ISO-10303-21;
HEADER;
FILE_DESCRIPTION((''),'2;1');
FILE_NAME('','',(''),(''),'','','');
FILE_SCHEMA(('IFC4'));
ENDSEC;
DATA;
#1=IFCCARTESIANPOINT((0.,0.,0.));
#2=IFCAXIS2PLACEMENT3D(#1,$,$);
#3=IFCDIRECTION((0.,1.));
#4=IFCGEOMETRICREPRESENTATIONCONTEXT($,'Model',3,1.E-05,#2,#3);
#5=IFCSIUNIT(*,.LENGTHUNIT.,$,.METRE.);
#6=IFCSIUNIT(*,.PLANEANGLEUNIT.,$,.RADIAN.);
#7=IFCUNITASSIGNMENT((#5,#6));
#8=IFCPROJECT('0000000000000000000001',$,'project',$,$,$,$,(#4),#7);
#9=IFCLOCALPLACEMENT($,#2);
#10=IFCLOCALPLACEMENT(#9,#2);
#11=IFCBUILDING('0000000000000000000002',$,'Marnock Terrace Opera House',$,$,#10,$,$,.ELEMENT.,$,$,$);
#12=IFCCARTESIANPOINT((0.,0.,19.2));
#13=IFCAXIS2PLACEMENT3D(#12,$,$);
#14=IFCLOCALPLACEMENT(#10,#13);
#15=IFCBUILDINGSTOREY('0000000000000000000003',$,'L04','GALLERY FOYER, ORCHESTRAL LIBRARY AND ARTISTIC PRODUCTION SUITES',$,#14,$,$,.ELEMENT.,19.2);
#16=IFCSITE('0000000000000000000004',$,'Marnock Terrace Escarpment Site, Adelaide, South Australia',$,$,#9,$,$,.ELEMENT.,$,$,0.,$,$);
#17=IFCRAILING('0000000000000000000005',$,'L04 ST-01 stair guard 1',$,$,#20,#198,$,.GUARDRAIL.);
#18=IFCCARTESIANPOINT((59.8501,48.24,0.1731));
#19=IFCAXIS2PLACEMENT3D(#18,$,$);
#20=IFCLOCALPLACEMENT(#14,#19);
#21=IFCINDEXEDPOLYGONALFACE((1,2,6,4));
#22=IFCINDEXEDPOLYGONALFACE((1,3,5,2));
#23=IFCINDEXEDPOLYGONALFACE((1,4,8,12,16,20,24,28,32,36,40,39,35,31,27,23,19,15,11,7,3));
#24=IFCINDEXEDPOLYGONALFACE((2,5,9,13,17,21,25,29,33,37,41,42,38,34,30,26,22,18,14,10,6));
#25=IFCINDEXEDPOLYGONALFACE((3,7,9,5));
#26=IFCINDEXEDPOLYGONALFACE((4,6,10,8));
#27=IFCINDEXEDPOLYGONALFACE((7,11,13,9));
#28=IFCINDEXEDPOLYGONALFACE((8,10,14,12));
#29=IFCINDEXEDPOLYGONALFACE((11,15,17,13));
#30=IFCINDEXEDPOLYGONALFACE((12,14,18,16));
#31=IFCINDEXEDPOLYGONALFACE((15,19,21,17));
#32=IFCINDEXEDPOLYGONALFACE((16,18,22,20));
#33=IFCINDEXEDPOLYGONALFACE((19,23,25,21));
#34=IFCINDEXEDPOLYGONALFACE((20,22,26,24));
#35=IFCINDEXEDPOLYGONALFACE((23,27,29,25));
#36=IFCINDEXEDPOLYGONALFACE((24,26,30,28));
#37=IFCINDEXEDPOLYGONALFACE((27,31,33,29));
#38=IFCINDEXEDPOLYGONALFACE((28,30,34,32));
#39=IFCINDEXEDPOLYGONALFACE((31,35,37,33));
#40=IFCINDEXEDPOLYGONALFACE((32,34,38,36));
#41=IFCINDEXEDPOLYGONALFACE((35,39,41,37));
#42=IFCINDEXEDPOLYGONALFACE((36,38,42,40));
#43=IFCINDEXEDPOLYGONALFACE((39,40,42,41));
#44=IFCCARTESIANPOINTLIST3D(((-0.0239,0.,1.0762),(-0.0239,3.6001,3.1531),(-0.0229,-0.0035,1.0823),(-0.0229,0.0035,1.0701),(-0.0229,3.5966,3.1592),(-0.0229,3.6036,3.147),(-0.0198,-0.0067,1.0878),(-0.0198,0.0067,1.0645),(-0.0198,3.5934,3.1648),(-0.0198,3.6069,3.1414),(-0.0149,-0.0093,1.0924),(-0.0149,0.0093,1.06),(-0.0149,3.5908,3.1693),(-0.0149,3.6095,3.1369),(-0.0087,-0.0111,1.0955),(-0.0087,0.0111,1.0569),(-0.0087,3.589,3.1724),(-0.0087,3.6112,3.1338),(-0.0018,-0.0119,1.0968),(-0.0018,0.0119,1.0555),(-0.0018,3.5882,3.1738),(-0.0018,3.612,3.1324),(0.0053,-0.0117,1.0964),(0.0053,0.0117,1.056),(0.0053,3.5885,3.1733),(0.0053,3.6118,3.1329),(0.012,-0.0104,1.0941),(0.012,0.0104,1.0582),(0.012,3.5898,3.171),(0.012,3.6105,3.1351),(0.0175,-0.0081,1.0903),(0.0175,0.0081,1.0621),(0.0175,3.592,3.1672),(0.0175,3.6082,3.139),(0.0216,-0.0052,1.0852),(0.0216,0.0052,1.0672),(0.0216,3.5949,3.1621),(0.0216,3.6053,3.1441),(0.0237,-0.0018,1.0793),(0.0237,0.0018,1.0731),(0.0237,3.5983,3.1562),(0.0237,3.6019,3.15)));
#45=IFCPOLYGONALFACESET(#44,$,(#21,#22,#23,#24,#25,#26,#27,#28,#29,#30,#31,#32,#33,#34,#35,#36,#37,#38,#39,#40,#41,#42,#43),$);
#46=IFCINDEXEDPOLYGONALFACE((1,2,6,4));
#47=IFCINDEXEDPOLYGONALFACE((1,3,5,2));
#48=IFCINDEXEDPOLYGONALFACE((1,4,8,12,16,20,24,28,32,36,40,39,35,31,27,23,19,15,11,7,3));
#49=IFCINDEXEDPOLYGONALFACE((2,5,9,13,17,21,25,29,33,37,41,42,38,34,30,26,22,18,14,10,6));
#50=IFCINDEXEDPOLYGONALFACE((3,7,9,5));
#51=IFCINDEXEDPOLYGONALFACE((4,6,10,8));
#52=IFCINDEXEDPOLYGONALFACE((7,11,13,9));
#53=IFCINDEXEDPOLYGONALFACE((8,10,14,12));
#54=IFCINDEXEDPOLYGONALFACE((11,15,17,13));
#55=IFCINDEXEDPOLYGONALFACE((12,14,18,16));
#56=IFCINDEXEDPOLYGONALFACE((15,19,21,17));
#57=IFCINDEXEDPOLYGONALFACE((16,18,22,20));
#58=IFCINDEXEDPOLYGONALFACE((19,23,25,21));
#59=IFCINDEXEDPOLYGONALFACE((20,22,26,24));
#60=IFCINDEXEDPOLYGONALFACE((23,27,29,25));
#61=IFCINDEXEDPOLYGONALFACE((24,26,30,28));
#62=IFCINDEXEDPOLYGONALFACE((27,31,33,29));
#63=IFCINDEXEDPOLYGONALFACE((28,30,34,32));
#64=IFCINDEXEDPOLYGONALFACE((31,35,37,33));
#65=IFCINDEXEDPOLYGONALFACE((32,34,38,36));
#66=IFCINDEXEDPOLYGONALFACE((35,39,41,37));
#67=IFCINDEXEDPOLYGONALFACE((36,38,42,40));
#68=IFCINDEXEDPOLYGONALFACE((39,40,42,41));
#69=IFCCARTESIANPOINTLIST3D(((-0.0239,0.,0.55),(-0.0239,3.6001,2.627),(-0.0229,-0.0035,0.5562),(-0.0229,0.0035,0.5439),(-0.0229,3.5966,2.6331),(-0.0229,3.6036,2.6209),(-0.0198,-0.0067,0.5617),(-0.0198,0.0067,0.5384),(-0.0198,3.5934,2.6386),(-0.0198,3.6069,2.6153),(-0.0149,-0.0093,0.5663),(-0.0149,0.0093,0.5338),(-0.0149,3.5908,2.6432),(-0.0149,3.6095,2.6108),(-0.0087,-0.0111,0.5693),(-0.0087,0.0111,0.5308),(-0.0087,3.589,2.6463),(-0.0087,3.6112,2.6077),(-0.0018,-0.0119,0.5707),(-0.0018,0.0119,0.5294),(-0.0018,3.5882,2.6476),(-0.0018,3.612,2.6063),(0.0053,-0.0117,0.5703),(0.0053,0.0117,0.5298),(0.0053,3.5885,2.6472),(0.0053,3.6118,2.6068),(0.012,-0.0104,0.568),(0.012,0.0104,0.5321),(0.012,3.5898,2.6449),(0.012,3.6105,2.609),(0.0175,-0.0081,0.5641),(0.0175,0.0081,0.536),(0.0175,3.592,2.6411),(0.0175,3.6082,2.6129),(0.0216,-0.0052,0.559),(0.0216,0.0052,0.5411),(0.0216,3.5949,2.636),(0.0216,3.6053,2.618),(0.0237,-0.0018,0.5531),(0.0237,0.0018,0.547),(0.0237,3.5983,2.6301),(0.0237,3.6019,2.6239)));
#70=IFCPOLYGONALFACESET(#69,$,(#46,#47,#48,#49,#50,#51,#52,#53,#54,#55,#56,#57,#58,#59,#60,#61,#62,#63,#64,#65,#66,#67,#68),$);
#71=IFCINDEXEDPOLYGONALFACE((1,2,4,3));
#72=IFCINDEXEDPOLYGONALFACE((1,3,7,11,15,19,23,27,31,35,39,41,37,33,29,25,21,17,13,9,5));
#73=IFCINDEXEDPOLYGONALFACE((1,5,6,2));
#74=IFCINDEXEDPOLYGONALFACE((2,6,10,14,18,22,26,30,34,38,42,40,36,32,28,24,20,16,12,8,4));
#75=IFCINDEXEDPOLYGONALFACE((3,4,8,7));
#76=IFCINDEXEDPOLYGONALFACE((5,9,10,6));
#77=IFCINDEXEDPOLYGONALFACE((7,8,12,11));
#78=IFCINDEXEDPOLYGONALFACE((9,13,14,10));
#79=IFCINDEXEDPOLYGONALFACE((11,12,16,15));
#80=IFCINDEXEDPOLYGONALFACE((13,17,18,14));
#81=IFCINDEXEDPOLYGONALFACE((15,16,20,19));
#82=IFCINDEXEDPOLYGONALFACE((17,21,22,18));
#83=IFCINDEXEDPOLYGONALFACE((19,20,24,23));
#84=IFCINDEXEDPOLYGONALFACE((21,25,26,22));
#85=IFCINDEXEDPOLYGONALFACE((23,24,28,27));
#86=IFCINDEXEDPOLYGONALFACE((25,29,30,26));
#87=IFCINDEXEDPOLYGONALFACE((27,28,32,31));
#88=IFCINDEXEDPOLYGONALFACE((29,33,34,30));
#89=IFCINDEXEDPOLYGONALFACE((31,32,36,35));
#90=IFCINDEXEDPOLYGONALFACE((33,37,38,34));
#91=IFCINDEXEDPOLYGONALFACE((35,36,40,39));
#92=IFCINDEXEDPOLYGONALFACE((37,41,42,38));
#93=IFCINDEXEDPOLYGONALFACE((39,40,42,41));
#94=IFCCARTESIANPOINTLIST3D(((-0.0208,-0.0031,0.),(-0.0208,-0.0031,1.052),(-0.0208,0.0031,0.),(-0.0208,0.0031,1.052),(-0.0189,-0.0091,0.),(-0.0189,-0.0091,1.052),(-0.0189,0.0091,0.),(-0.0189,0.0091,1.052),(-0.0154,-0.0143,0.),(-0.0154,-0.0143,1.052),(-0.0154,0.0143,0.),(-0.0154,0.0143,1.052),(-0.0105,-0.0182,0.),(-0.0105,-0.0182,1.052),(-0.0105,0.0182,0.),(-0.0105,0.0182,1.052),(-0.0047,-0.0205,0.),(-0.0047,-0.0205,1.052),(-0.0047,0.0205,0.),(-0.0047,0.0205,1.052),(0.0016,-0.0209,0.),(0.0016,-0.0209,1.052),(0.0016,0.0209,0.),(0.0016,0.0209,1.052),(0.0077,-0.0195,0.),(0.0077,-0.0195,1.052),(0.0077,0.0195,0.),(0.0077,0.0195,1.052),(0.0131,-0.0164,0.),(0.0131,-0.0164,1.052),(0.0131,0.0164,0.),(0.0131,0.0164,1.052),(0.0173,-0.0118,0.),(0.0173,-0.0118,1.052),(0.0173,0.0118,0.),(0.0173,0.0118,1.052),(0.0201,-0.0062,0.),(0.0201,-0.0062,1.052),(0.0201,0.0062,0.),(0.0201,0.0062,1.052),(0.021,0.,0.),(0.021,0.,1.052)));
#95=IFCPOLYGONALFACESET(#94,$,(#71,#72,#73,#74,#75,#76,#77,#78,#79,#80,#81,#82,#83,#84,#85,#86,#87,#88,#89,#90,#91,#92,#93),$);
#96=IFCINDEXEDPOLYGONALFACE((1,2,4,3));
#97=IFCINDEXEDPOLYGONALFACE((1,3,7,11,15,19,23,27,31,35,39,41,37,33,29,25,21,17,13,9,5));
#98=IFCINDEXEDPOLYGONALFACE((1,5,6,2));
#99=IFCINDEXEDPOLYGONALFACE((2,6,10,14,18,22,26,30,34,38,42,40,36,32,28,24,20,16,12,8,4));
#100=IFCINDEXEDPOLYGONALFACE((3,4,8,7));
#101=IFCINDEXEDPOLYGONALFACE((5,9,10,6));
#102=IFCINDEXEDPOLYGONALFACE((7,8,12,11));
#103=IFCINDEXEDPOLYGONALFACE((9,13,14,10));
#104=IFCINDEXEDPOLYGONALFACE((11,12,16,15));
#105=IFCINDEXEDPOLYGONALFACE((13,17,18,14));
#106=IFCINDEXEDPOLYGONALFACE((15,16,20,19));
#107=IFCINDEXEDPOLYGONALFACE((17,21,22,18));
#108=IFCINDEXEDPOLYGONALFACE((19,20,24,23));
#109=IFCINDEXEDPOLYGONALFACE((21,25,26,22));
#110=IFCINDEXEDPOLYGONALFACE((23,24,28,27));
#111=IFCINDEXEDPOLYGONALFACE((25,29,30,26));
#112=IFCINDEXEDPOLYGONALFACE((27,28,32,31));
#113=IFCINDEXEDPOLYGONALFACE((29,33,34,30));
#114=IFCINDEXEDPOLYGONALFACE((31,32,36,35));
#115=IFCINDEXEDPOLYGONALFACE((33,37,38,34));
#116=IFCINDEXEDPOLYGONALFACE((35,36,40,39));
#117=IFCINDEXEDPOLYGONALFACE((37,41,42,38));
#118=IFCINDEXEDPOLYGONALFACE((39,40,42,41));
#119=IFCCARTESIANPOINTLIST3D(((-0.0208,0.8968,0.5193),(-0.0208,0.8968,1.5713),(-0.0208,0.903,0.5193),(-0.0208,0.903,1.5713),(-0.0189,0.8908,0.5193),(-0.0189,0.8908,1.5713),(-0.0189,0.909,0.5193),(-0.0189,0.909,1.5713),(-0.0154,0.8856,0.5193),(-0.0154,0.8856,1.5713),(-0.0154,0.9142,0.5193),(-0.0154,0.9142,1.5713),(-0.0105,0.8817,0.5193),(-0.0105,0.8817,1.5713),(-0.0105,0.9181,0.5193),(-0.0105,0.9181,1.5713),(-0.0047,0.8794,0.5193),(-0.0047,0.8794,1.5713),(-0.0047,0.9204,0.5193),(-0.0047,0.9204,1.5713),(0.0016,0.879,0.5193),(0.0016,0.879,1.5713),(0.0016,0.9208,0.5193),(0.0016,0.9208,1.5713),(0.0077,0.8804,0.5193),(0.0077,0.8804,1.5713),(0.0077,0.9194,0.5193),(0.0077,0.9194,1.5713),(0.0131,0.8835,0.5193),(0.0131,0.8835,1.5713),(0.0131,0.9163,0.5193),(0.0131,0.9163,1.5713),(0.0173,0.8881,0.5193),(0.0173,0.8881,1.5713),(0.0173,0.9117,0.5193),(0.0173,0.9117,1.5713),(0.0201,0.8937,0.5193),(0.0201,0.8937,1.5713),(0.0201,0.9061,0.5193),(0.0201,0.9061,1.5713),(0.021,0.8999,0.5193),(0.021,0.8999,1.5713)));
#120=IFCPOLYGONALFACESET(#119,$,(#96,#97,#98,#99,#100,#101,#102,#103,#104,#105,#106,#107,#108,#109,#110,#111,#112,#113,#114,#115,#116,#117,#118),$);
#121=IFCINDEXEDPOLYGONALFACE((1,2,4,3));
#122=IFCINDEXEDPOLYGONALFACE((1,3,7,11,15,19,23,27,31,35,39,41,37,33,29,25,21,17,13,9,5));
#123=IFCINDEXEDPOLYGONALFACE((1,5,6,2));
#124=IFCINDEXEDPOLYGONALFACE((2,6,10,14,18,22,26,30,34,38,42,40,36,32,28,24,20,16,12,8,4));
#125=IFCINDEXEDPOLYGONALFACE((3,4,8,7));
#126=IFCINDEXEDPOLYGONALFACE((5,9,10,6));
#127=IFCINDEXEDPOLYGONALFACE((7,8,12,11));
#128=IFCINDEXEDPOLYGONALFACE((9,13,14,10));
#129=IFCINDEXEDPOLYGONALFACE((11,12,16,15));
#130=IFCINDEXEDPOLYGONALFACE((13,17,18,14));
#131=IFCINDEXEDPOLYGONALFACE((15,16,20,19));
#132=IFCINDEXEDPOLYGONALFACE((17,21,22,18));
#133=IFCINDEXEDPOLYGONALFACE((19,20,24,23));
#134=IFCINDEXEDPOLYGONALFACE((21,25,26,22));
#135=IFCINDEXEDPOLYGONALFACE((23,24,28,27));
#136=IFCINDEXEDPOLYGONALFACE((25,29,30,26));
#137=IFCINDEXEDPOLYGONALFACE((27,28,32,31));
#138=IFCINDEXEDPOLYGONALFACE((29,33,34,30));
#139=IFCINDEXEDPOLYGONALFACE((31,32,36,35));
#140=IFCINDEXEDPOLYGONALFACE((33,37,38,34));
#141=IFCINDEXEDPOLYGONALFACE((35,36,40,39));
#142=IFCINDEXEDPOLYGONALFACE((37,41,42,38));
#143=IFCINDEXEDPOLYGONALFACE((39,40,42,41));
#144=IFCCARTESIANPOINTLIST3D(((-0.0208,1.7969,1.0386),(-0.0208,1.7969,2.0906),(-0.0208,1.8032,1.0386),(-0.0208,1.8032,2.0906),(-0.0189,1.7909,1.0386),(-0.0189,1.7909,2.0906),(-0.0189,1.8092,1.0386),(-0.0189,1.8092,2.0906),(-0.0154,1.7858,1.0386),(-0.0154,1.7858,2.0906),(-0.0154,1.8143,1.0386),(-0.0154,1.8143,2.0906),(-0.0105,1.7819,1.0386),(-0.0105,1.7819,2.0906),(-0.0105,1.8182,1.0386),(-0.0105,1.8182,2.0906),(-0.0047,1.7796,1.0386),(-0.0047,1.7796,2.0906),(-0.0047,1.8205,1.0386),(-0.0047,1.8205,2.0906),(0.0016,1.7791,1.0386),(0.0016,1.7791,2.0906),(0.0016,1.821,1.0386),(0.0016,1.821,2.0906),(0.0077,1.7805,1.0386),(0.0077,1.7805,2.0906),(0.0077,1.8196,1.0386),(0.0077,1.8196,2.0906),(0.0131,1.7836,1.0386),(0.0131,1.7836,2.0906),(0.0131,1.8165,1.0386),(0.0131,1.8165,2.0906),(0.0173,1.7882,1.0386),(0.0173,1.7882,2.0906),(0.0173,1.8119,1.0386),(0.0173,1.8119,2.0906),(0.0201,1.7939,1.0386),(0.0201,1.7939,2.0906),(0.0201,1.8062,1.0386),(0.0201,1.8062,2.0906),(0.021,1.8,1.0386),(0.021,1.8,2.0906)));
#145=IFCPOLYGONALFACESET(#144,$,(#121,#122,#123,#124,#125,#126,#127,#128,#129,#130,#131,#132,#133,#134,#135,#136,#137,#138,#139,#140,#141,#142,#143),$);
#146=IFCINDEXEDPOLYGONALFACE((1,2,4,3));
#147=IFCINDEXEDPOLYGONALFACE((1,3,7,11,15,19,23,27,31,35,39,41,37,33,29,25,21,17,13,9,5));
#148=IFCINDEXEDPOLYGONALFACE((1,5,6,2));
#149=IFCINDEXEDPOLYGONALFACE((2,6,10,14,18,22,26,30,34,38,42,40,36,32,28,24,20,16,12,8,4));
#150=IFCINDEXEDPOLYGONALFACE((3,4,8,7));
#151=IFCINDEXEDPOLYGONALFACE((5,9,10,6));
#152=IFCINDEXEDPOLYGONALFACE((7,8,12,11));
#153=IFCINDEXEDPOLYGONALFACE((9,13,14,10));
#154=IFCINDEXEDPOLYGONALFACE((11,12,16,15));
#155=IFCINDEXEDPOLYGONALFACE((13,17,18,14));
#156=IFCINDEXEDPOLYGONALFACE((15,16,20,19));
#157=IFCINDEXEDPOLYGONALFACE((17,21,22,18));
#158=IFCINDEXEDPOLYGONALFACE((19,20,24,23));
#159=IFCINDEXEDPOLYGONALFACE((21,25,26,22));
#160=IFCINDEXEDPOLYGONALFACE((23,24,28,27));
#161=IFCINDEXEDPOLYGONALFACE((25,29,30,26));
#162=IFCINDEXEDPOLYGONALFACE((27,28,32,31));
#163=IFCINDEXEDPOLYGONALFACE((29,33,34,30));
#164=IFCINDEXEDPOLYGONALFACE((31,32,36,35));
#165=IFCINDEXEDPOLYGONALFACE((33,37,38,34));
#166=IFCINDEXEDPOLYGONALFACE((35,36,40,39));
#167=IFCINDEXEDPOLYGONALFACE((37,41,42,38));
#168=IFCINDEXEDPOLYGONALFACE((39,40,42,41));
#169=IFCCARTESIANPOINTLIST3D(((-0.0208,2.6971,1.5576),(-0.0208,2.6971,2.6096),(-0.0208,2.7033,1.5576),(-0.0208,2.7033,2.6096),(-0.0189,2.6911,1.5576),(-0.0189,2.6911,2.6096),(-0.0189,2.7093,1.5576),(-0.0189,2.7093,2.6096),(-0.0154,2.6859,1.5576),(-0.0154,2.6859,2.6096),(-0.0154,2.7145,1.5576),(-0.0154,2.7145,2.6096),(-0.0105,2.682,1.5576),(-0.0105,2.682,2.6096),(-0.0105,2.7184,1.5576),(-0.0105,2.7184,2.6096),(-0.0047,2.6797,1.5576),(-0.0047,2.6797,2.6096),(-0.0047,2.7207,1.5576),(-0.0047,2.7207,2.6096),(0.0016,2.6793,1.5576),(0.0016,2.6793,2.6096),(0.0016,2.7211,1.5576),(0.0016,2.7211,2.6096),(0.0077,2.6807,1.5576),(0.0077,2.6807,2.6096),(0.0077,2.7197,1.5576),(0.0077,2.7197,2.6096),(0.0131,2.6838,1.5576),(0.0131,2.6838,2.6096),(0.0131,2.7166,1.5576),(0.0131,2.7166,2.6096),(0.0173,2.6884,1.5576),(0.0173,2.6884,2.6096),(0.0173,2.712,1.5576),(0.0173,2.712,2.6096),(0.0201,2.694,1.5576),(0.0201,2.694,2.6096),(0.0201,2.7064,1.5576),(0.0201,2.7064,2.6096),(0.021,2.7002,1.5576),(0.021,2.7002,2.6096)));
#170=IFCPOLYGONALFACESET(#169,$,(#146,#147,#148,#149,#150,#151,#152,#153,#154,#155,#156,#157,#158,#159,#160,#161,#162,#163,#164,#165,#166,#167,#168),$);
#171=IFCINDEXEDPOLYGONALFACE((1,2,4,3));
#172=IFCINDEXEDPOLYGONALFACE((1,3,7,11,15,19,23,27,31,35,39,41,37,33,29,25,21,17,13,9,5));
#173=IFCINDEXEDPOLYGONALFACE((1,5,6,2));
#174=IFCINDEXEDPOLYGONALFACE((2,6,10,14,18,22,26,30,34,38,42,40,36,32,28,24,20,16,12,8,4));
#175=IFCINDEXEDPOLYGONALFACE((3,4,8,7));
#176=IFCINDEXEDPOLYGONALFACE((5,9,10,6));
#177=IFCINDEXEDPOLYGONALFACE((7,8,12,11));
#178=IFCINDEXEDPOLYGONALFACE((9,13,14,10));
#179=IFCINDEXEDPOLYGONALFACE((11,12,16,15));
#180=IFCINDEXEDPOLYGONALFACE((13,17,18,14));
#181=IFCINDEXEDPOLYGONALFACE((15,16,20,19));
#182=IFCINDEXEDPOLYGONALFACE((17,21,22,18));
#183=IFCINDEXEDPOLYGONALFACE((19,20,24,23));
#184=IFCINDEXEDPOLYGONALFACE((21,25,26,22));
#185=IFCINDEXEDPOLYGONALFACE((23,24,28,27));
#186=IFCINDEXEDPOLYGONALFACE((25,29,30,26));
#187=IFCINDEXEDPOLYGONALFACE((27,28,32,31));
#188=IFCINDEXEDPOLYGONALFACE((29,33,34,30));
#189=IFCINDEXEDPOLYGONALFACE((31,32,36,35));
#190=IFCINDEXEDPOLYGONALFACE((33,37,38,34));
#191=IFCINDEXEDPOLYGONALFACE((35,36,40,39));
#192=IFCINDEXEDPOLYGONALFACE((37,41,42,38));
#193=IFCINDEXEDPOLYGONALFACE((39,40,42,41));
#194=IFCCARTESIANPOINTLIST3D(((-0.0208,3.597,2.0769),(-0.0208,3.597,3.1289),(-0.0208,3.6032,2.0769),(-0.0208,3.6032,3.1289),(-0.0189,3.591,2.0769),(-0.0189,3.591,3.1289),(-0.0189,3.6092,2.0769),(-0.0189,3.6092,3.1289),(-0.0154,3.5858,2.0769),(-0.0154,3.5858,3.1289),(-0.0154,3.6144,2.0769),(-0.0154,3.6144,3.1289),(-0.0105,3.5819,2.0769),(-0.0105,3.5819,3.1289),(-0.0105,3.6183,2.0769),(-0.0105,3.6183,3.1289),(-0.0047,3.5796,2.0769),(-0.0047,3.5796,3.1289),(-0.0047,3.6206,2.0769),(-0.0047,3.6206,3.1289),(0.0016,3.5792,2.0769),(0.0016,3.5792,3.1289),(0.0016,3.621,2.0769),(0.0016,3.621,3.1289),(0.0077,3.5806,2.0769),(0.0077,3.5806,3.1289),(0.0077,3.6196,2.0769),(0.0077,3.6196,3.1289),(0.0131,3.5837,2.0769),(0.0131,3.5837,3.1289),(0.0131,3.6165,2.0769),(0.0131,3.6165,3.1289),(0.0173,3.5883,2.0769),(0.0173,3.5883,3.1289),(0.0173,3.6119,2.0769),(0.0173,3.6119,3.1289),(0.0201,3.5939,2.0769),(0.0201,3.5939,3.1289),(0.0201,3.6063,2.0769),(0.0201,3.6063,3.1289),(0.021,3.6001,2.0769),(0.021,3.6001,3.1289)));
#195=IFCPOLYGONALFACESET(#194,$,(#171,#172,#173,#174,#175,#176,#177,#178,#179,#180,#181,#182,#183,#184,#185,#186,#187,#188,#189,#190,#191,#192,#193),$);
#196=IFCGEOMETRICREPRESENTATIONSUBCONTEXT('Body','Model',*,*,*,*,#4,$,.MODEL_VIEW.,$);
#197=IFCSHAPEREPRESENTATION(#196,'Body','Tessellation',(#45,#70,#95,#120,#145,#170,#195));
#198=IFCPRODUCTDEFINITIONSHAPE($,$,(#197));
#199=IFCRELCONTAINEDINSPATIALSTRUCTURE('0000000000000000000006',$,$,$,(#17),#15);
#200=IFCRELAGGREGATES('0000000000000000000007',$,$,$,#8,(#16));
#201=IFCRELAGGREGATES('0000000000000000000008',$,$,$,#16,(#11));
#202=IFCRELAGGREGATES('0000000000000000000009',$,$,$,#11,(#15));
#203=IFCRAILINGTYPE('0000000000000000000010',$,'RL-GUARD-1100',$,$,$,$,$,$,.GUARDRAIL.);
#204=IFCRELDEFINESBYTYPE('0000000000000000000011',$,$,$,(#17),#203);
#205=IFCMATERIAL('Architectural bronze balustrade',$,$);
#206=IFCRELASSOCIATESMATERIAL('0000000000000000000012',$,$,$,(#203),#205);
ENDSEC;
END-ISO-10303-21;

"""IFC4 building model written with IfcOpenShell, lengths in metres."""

from ifc_helpers import new_model, si_unit, direction, frame, origin, origin_2d, place, context, subcontext, project, spatial, circle, extrude, material, type_object, element, save


model = new_model("IFC4")

# Units and contexts
model_context = context("Model", 3, precision=1e-05, world=origin(), true_north=direction((0.0, 1.0)))
body_context = subcontext(model_context, "Body", "Model", "MODEL_VIEW")
ifc_project = project(units=[si_unit("LENGTHUNIT", "METRE"), si_unit("PLANEANGLEUNIT", "RADIAN")], contexts=[model_context])

# Site, building, storey
site_placement = place(None, origin())
site = spatial("IfcSite", under=ifc_project, at=site_placement, Name="Marnock Terrace Escarpment Site, Adelaide, South Australia", CompositionType="ELEMENT", RefElevation=0.0)
building_placement = place(site_placement, origin())
building = spatial("IfcBuilding", under=site, at=building_placement, Name="Marnock Terrace Opera House", CompositionType="ELEMENT")
storey_placement = place(building_placement, frame((0.0, 0.0, 19.2)))
storey = spatial("IfcBuildingStorey", under=building, at=storey_placement, Name="L04", Description="GALLERY FOYER, ORCHESTRAL LIBRARY AND ARTISTIC PRODUCTION SUITES", CompositionType="ELEMENT", Elevation=19.2)

# Railing
ifc_material_1 = material(Name="Architectural bronze balustrade")
railing_type_1 = type_object("IfcRailingType", Name="RL-GUARD-1100", PredefinedType="GUARDRAIL", material=ifc_material_1)
railing_1_placement = place(storey_placement, frame((59.8501, 48.24, 0.1731)))
element("IfcRailing", 1, at=railing_1_placement, inside=storey, type_object=railing_type_1, Name="L04 ST-01 stair guard 1", PredefinedType="GUARDRAIL", context=body_context, shape_type="SweptSolid", body=[
    extrude(circle(Radius=0.0239, at=origin_2d()), frame((0.0, 0.0, 1.0762), z_axis=(0.0, 0.866193, 0.499709), x_axis=(-1.0, 0.0, 0.0)), (0.0, 0.0, 1.0), 4.1562),
    extrude(circle(Radius=0.0239, at=origin_2d()), frame((0.0, 0.0, 0.55), z_axis=(0.0, 0.866193, 0.499709), x_axis=(-1.0, 0.0, 0.0)), (0.0, 0.0, 1.0), 4.1562),
    extrude(circle(Radius=0.021, at=origin_2d()), origin(), (0.0, 0.0, 1.0), 1.052),
    extrude(circle(Radius=0.021, at=origin_2d()), frame((0.0, 0.8999, 0.5193)), (0.0, 0.0, 1.0), 1.052),
    extrude(circle(Radius=0.021, at=origin_2d()), frame((0.0, 1.8, 1.0386)), (0.0, 0.0, 1.0), 1.052),
    extrude(circle(Radius=0.021, at=origin_2d()), frame((0.0, 2.7002, 1.5576)), (0.0, 0.0, 1.0), 1.052),
    extrude(circle(Radius=0.021, at=origin_2d()), frame((0.0, 3.6001, 2.0769)), (0.0, 0.0, 1.0), 1.052),
])

save(model, "model.ifc")
